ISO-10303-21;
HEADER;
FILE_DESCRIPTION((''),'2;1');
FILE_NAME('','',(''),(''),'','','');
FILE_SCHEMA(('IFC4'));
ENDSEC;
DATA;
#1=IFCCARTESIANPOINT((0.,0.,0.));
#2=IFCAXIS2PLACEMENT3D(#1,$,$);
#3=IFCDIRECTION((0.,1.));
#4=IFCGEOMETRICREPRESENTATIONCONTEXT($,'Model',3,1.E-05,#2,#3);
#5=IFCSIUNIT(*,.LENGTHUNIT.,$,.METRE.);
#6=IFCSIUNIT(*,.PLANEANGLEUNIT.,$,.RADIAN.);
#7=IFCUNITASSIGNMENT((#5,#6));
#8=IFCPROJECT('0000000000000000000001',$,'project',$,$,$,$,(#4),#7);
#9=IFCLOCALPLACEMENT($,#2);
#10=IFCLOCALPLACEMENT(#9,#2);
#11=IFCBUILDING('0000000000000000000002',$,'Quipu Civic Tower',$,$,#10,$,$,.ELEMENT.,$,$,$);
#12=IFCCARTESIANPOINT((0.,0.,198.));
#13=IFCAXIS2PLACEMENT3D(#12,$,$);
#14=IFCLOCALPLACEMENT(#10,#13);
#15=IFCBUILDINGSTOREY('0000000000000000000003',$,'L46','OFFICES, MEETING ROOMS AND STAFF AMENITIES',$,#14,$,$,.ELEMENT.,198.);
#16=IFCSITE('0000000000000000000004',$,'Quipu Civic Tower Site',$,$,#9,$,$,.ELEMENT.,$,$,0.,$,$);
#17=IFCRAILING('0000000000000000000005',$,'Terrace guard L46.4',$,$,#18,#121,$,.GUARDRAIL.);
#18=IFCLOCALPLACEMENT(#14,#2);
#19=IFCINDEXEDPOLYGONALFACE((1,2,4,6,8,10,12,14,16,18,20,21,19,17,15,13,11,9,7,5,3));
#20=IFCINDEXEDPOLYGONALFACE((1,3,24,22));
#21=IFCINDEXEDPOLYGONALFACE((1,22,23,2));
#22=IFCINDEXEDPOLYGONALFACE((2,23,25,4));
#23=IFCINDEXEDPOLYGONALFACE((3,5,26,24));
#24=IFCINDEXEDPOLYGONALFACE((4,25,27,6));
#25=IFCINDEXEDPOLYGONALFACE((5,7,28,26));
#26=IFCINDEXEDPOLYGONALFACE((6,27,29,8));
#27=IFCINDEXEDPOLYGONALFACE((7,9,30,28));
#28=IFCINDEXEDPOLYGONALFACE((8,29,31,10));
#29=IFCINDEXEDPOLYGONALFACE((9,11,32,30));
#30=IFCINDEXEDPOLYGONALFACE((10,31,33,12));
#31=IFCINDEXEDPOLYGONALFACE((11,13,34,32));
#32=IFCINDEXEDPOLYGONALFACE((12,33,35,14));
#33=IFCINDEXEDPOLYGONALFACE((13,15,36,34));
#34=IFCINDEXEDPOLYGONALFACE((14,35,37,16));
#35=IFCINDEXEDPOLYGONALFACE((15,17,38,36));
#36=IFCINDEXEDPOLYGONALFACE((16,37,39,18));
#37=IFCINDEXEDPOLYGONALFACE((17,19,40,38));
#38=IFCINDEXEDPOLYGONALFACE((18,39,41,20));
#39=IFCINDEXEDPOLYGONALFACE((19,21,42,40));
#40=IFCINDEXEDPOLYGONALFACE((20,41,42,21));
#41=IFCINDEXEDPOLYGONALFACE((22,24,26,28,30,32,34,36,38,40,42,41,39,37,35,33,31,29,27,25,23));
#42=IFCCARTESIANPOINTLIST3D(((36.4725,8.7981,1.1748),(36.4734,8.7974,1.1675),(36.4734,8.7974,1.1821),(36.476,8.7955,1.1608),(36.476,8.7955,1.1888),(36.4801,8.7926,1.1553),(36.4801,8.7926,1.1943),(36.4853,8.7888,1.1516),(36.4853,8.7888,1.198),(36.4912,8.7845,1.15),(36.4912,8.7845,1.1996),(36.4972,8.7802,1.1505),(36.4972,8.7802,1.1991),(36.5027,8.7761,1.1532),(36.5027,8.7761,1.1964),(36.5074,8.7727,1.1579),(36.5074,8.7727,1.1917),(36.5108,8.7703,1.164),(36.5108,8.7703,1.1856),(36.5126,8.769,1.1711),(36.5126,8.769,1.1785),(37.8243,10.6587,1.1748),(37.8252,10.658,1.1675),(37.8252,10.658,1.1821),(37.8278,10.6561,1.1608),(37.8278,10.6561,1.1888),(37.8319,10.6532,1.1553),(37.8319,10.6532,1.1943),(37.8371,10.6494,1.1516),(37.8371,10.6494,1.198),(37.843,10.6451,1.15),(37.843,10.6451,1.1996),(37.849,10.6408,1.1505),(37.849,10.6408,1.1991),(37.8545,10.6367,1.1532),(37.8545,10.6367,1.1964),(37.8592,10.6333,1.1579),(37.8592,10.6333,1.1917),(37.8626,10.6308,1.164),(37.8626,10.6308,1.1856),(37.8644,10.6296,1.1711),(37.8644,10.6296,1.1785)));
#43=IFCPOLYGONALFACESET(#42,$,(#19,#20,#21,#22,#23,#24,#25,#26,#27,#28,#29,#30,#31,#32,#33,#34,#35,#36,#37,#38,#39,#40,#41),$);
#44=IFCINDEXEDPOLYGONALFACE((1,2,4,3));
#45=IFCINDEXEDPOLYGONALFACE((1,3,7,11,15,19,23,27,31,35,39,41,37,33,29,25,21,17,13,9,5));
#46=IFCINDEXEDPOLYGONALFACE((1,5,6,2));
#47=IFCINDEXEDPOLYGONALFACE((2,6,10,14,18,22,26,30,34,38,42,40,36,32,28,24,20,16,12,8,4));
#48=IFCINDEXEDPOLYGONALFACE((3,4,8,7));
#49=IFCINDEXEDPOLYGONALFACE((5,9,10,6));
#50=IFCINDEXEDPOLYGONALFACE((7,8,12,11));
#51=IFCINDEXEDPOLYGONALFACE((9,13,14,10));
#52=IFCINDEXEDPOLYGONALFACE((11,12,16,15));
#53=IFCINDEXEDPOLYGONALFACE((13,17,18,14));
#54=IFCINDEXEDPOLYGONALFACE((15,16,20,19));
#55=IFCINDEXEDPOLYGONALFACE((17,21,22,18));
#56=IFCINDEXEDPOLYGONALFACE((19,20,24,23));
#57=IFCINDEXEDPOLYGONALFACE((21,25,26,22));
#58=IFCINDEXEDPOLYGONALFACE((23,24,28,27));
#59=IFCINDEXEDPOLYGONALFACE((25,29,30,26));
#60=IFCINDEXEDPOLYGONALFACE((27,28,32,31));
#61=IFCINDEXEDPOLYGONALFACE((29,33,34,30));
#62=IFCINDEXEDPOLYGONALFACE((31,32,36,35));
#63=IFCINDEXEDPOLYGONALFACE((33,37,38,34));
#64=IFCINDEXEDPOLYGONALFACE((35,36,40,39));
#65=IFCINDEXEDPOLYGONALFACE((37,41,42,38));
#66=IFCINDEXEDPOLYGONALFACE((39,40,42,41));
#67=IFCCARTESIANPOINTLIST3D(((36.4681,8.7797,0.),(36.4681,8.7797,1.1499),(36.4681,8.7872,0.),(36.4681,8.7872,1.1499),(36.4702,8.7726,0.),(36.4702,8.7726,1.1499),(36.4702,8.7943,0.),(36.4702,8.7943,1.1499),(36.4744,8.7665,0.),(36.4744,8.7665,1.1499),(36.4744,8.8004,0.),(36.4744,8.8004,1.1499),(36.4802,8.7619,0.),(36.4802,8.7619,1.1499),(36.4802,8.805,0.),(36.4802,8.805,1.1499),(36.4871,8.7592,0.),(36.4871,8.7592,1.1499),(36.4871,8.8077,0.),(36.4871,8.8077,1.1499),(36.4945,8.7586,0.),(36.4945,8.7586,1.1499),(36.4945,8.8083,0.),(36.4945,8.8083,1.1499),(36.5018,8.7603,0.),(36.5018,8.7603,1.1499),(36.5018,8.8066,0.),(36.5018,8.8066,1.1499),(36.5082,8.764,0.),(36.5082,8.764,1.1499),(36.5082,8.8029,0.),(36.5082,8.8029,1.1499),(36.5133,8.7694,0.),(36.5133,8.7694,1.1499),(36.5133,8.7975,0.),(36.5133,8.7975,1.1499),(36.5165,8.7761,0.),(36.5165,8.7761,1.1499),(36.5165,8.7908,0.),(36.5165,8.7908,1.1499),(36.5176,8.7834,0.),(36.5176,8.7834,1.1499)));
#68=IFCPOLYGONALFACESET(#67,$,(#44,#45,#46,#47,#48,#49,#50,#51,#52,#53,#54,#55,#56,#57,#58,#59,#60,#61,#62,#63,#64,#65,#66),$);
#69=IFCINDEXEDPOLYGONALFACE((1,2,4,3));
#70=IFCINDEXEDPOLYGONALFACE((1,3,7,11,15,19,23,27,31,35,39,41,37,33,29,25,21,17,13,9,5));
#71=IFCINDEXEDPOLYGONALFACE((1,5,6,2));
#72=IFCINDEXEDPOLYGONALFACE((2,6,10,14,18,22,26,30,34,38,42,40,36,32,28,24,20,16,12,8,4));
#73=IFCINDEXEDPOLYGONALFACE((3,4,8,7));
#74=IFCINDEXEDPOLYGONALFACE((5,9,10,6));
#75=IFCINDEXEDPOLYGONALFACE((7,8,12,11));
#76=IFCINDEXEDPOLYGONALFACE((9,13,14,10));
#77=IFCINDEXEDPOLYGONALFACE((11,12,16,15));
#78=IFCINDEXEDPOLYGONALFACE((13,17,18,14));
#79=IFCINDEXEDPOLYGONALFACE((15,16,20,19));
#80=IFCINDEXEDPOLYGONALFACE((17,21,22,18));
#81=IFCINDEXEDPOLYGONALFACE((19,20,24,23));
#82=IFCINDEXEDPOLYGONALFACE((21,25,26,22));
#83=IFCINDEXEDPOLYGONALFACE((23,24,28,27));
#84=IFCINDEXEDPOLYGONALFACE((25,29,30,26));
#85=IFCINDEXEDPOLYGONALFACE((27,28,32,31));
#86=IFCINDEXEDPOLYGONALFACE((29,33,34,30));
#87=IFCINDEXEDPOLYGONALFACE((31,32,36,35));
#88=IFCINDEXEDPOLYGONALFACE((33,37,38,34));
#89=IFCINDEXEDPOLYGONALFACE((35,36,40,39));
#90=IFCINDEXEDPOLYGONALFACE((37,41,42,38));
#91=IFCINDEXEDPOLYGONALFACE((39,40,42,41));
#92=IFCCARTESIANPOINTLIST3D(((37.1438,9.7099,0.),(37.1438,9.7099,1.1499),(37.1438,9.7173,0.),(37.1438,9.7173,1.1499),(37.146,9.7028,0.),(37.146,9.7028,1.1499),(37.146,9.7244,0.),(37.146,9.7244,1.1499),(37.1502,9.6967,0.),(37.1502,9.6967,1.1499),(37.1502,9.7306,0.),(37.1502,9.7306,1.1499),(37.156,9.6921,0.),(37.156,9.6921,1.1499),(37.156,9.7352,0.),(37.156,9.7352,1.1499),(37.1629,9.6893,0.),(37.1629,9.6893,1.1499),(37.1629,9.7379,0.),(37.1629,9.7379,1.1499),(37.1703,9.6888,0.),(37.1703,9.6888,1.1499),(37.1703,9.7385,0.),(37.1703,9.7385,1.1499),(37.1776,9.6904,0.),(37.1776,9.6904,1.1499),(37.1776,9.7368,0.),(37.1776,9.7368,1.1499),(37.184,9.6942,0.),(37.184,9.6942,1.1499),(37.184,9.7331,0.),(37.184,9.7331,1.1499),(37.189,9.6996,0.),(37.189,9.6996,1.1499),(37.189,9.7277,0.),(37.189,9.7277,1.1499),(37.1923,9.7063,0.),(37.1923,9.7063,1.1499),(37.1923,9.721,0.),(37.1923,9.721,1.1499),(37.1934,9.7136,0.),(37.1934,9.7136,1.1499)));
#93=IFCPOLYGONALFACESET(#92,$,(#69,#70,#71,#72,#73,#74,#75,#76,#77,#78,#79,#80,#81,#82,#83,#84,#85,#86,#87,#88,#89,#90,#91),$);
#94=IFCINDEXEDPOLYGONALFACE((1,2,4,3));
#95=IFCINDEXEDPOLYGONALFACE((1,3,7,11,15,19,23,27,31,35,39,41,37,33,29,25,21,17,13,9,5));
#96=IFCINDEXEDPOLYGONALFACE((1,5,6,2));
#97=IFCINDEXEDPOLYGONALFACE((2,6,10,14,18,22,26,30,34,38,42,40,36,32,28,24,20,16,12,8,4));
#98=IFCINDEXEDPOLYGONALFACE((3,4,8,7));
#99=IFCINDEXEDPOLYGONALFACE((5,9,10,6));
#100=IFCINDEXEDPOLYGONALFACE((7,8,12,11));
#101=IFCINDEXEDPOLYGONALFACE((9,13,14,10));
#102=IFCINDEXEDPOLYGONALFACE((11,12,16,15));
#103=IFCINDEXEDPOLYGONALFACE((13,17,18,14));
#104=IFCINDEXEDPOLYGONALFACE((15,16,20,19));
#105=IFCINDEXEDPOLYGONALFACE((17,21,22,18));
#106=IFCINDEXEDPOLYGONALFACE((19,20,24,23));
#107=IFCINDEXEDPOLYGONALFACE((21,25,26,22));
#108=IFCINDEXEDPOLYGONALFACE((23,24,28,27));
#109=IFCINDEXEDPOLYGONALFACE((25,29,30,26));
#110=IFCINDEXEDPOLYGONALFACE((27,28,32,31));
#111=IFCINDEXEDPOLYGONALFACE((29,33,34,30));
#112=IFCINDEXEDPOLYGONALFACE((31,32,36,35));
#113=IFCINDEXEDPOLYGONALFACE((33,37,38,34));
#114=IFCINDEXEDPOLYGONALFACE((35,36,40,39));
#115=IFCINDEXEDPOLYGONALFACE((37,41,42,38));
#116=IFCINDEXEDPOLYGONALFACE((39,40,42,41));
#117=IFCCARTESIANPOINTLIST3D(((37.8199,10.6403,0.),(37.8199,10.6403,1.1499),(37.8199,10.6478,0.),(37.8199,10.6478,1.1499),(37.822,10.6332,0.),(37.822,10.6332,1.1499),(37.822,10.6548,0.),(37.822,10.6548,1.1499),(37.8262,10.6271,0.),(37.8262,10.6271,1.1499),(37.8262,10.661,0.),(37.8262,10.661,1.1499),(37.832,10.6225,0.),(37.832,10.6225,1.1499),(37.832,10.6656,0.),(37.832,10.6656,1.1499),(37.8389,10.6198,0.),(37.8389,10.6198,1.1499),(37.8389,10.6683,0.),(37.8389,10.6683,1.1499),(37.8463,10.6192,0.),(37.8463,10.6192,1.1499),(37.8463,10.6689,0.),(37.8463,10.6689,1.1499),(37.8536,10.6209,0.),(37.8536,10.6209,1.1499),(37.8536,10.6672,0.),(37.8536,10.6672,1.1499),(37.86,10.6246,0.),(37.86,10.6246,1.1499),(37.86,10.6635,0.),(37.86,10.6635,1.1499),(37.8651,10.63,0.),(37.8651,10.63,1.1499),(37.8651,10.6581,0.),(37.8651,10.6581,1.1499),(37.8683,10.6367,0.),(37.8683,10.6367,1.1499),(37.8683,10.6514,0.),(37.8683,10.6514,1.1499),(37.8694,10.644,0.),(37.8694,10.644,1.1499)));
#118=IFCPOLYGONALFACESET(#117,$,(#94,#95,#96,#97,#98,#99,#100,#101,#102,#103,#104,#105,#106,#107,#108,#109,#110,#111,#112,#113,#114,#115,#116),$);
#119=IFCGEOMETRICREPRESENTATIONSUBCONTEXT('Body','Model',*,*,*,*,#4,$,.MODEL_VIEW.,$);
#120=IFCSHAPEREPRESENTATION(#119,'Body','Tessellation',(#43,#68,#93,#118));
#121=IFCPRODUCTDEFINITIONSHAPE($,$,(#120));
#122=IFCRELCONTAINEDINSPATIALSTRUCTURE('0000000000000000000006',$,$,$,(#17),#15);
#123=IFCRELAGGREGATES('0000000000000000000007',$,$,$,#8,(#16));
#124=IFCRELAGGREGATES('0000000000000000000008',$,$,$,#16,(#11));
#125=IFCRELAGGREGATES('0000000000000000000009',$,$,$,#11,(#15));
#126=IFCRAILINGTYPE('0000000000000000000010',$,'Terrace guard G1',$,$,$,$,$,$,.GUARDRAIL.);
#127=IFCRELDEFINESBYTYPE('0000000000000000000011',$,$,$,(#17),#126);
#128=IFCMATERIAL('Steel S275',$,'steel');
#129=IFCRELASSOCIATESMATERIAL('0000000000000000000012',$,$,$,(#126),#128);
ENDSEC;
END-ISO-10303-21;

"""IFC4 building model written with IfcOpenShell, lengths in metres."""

from ifc_helpers import new_model, si_unit, direction, frame, origin, origin_2d, place, context, subcontext, project, spatial, circle, extrude, material, type_object, element, save


model = new_model("IFC4")

# Units and contexts
model_context = context("Model", 3, precision=1e-05, world=origin(), true_north=direction((0.0, 1.0)))
body_context = subcontext(model_context, "Body", "Model", "MODEL_VIEW")
ifc_project = project(units=[si_unit("LENGTHUNIT", "METRE"), si_unit("PLANEANGLEUNIT", "RADIAN")], contexts=[model_context])

# Site, building, storey
site_placement = place(None, origin())
site = spatial("IfcSite", under=ifc_project, at=site_placement, Name="Quipu Civic Tower Site", CompositionType="ELEMENT", RefElevation=0.0)
building_placement = place(site_placement, origin())
building = spatial("IfcBuilding", under=site, at=building_placement, Name="Quipu Civic Tower", CompositionType="ELEMENT")
storey_placement = place(building_placement, frame((0.0, 0.0, 198.0)))
storey = spatial("IfcBuildingStorey", under=building, at=storey_placement, Name="L46", Description="OFFICES, MEETING ROOMS AND STAFF AMENITIES", CompositionType="ELEMENT", Elevation=198.0)

# Railing
ifc_material_1 = material(Name="Steel S275", Category="steel")
railing_type = type_object("IfcRailingType", Name="Terrace guard G1", PredefinedType="GUARDRAIL", material=ifc_material_1)
railing_placement = place(storey_placement, frame((36.4927, 8.7834, 0.0)))
element("IfcRailing", 1, at=railing_placement, inside=storey, type_object=railing_type, Name="Terrace guard L46.4", PredefinedType="GUARDRAIL", context=body_context, shape_type="SweptSolid", body=[
    extrude(circle(Radius=0.0249, at=origin_2d()), frame((0.0, 0.0, 1.1748), z_axis=(0.587787, 0.809016, 0.0), x_axis=(-0.809016, 0.587787, 0.0)), (0.0, 0.0, 1.0), 2.2998),
    extrude(circle(Radius=0.0249, at=origin_2d()), origin(), (0.0, 0.0, 1.0), 1.1499),
    extrude(circle(Radius=0.0249, at=origin_2d()), frame((0.6758, 0.9302, 0.0)), (0.0, 0.0, 1.0), 1.1499),
    extrude(circle(Radius=0.0249, at=origin_2d()), frame((1.3518, 1.8606, 0.0)), (0.0, 0.0, 1.0), 1.1499),
])

save(model, "model.ifc")
